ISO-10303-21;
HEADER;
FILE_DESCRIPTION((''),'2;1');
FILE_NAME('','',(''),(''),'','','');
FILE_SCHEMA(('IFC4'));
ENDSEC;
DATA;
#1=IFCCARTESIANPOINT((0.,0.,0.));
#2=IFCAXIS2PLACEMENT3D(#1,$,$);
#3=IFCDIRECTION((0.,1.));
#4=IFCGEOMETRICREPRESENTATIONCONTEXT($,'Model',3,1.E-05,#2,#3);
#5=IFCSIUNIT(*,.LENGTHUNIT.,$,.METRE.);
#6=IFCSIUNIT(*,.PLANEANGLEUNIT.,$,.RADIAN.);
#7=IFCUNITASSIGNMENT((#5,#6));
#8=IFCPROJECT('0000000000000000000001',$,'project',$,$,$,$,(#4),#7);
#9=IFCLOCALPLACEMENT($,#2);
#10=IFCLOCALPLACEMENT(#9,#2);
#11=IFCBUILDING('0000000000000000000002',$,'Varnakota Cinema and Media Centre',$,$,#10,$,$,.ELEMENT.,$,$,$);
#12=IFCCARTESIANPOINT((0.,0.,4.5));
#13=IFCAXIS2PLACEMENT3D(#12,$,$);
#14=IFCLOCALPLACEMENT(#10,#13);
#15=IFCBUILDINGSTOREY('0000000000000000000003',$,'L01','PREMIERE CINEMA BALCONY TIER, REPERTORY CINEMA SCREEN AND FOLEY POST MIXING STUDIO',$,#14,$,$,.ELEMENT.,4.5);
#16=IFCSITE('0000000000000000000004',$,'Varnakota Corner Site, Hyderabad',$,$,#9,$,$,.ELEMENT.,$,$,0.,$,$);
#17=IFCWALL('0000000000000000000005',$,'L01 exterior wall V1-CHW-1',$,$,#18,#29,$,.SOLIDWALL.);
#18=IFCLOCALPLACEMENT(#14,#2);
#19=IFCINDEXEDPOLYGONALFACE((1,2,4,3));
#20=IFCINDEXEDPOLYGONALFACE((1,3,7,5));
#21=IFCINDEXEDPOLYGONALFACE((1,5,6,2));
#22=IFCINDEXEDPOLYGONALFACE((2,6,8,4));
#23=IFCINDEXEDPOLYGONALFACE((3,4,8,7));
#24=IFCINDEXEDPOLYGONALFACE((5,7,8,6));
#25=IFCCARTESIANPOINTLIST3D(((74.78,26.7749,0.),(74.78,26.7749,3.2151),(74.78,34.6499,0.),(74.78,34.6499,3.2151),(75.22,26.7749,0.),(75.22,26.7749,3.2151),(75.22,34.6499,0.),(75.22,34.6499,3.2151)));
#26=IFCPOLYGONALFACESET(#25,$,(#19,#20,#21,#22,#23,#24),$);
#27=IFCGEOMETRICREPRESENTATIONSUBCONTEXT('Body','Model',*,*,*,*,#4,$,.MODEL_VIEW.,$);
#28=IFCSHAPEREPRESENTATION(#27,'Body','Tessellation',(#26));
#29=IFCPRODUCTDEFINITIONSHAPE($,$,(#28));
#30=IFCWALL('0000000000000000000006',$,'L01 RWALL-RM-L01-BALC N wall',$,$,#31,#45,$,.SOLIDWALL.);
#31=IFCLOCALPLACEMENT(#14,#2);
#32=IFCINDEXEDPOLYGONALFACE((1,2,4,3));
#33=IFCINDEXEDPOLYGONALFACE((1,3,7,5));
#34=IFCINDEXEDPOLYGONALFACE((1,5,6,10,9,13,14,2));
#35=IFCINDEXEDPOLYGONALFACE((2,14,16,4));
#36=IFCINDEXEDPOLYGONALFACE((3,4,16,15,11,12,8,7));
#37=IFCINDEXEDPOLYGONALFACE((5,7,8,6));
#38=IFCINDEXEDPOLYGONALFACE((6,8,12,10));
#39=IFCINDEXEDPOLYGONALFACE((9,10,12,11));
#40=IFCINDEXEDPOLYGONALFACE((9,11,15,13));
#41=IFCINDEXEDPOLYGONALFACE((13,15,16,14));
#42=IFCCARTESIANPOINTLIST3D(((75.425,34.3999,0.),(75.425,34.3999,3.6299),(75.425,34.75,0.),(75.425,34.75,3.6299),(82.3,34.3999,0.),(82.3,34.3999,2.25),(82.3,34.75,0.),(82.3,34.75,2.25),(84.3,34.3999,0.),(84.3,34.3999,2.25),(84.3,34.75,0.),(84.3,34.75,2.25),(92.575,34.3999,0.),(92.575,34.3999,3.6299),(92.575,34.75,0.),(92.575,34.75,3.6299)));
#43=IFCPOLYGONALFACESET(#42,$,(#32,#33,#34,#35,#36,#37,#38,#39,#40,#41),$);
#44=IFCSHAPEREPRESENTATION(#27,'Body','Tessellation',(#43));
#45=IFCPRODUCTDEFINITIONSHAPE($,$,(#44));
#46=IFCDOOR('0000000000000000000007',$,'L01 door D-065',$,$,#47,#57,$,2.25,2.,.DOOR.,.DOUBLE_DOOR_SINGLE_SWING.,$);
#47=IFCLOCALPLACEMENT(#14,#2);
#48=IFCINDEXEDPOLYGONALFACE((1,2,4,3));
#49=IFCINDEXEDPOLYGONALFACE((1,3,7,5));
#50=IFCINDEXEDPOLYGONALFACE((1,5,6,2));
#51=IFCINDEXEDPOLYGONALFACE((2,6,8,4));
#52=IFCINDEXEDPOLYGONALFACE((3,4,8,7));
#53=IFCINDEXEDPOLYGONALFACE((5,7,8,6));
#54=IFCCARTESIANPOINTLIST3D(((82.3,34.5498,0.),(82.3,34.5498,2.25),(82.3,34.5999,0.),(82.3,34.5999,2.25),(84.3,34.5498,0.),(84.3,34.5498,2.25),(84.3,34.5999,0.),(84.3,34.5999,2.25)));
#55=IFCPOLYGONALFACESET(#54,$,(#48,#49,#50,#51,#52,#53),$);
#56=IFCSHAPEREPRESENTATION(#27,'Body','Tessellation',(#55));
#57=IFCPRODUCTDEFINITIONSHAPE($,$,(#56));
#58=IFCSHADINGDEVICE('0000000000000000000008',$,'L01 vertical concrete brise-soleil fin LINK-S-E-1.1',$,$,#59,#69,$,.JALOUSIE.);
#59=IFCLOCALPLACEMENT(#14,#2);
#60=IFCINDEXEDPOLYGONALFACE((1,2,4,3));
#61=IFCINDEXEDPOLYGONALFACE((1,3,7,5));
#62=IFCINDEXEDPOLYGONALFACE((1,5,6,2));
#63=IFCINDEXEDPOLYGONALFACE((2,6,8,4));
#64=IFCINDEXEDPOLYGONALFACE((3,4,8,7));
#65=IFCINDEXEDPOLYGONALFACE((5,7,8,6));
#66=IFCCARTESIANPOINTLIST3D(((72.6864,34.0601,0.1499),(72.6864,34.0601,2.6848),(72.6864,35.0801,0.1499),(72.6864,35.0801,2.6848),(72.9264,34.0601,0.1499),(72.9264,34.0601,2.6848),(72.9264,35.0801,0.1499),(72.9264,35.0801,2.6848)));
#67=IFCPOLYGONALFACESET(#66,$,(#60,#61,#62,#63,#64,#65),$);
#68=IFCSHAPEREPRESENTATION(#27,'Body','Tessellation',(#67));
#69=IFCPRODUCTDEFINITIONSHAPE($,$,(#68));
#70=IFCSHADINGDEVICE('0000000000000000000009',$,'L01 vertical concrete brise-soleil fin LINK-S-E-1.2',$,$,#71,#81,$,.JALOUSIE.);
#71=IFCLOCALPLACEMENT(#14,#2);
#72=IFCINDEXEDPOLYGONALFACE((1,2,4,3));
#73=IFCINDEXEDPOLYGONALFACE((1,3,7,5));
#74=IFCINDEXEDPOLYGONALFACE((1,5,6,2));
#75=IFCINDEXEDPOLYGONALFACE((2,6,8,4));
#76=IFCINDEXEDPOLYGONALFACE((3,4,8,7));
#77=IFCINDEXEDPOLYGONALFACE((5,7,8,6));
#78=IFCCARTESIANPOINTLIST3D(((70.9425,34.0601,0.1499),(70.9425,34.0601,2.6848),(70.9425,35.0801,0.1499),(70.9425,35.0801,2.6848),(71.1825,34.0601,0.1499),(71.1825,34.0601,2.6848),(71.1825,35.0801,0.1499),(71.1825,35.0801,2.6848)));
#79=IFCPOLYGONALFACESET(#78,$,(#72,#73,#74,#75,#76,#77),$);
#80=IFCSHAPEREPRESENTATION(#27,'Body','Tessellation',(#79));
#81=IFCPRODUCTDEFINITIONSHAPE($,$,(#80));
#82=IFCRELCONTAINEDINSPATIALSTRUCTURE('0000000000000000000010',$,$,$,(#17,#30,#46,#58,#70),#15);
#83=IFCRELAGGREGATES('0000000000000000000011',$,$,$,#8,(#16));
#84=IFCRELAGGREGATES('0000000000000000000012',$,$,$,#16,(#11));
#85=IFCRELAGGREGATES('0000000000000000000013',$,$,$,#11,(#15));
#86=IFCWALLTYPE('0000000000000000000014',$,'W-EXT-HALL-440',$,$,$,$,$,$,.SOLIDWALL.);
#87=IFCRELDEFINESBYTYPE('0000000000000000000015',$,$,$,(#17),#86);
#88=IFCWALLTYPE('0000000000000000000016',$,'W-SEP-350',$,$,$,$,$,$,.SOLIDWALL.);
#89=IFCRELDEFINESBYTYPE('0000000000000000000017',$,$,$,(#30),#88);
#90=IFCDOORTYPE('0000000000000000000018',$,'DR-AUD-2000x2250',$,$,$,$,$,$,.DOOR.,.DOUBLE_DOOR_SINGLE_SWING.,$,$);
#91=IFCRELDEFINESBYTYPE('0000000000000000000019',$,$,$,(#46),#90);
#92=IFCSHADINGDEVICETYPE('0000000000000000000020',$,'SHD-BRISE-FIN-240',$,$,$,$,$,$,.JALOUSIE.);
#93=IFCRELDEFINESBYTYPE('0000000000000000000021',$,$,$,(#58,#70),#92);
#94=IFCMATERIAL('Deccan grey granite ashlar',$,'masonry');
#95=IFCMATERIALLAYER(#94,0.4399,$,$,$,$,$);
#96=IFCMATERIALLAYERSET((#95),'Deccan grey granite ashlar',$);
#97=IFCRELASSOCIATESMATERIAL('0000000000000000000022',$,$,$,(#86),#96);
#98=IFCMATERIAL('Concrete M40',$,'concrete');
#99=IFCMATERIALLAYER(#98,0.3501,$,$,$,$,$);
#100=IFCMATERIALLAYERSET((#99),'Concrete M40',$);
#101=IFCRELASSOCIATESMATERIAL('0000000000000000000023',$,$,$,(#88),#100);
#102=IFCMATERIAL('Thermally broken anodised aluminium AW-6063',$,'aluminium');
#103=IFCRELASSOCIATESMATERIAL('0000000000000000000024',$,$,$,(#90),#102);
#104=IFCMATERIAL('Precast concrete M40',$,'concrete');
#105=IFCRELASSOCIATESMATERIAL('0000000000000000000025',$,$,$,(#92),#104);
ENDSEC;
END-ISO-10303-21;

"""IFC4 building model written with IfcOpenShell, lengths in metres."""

from ifc_helpers import new_model, si_unit, direction, frame, frame_2d, origin, origin_2d, place, context, subcontext, project, spatial, rectangle, extrude, material, layer, layer_set, type_object, element, fill, save


model = new_model("IFC4")

# Units and contexts
model_context = context("Model", 3, precision=1e-05, world=origin(), true_north=direction((0.0, 1.0)))
body_context = subcontext(model_context, "Body", "Model", "MODEL_VIEW")
ifc_project = project(units=[si_unit("LENGTHUNIT", "METRE"), si_unit("PLANEANGLEUNIT", "RADIAN")], contexts=[model_context])

# Site, building, storey
site_placement = place(None, origin())
site = spatial("IfcSite", under=ifc_project, at=site_placement, Name="Varnakota Corner Site, Hyderabad", CompositionType="ELEMENT", RefElevation=0.0)
building_placement = place(site_placement, origin())
building = spatial("IfcBuilding", under=site, at=building_placement, Name="Varnakota Cinema and Media Centre", CompositionType="ELEMENT")
storey_placement = place(building_placement, frame((0.0, 0.0, 4.5)))
storey = spatial("IfcBuildingStorey", under=building, at=storey_placement, Name="L01", Description="PREMIERE CINEMA BALCONY TIER, REPERTORY CINEMA SCREEN AND FOLEY POST MIXING STUDIO", CompositionType="ELEMENT", Elevation=4.5)

# Wall
ifc_material_1 = material(Name="Deccan grey granite ashlar", Category="masonry")
ifc_layer_1 = layer(ifc_material_1, 0.4399)
ifc_layer_set_1 = layer_set([ifc_layer_1], Name="Deccan grey granite ashlar")
wall_type_1 = type_object("IfcWallType", Name="W-EXT-HALL-440", PredefinedType="SOLIDWALL", material=ifc_layer_set_1)
wall_1_placement = place(storey_placement, frame((75.0, 34.6499, 0.0), z_axis=(0.0, 0.0, 1.0), x_axis=(0.0, -1.0, 0.0)))
element("IfcWall", 1, at=wall_1_placement, inside=storey, type_object=wall_type_1, Name="L01 exterior wall V1-CHW-1", PredefinedType="SOLIDWALL", context=body_context, shape_type="SweptSolid", body=[
    extrude(rectangle(XDim=7.875, YDim=0.4399, at=frame_2d((3.9375, 0.0))), origin(), (0.0, 0.0, 1.0), 3.2151),
])

# Wall, opening, door
ifc_material_2 = material(Name="Concrete M40", Category="concrete")
ifc_layer_2 = layer(ifc_material_2, 0.3501)
ifc_layer_set_2 = layer_set([ifc_layer_2], Name="Concrete M40")
wall_type_2 = type_object("IfcWallType", Name="W-SEP-350", PredefinedType="SOLIDWALL", material=ifc_layer_set_2)
wall_2_placement = place(storey_placement, frame((75.425, 34.575, 0.0), z_axis=(0.0, 0.0, 1.0), x_axis=(1.0, 0.0, 0.0)))
wall_2 = element("IfcWall", 2, at=wall_2_placement, inside=storey, type_object=wall_type_2, Name="L01 RWALL-RM-L01-BALC N wall", PredefinedType="SOLIDWALL", context=body_context, shape_type="SweptSolid", body=[
    extrude(rectangle(XDim=17.1499, YDim=0.3501, at=frame_2d((8.575, 0.0))), origin(), (0.0, 0.0, 1.0), 3.6299),
])
opening_placement = place(wall_2_placement, frame((6.875, 0.0, 0.0)))
opening = element("IfcOpeningElement", 3, at=opening_placement, cuts=wall_2, PredefinedType="OPENING", context=body_context, shape_type="SweptSolid", body=[
    extrude(rectangle(XDim=2.0, YDim=2.25, at=frame_2d((1.0, 1.125))), frame((0.0, 0.175, 0.0), z_axis=(0.0, -1.0, 0.0), x_axis=(1.0, 0.0, 0.0)), (0.0, 0.0, 1.0), 0.3501),
])
ifc_material_3 = material(Name="Thermally broken anodised aluminium AW-6063", Category="aluminium")
door_type = type_object("IfcDoorType", Name="DR-AUD-2000x2250", OperationType="DOUBLE_DOOR_SINGLE_SWING", PredefinedType="DOOR", material=ifc_material_3)
door_placement = place(opening_placement, origin())
door = element("IfcDoor", 4, at=door_placement, inside=storey, type_object=door_type, Name="L01 door D-065", OperationType="DOUBLE_DOOR_SINGLE_SWING", OverallHeight=2.25, OverallWidth=2.0, PredefinedType="DOOR", context=body_context, shape_type="SweptSolid", body=[
    extrude(rectangle(XDim=2.0, YDim=2.25, at=frame_2d((1.0, 1.125))), frame((0.0, 0.0249, 0.0), z_axis=(0.0, -1.0, 0.0), x_axis=(1.0, 0.0, 0.0)), (0.0, 0.0, 1.0), 0.05),
])
fill(opening, door)

# Shading devices
ifc_material_4 = material(Name="Precast concrete M40", Category="concrete")
shading_device_type = type_object("IfcShadingDeviceType", Name="SHD-BRISE-FIN-240", PredefinedType="JALOUSIE", material=ifc_material_4)
for number, where, z_axis, x_axis, name in (
    (5, (72.8064, 34.5701, 0.1499), (0.0, 0.0, 1.0), (-1.0, 0.0, 0.0), "L01 vertical concrete brise-soleil fin LINK-S-E-1.1"),
    (6, (71.0625, 34.5701, 0.1499), (0.0, 0.0, 1.0), (-1.0, 0.0, 0.0), "L01 vertical concrete brise-soleil fin LINK-S-E-1.2"),
):
    element("IfcShadingDevice", number, at=place(storey_placement, frame(where, z_axis=z_axis, x_axis=x_axis)), inside=storey, type_object=shading_device_type, Name=name, PredefinedType="JALOUSIE", context=body_context, shape_type="SweptSolid", body=[
        extrude(rectangle(XDim=0.24, YDim=1.02, at=origin_2d()), origin(), (0.0, 0.0, 1.0), 2.5349),
    ])

save(model, "model.ifc")
